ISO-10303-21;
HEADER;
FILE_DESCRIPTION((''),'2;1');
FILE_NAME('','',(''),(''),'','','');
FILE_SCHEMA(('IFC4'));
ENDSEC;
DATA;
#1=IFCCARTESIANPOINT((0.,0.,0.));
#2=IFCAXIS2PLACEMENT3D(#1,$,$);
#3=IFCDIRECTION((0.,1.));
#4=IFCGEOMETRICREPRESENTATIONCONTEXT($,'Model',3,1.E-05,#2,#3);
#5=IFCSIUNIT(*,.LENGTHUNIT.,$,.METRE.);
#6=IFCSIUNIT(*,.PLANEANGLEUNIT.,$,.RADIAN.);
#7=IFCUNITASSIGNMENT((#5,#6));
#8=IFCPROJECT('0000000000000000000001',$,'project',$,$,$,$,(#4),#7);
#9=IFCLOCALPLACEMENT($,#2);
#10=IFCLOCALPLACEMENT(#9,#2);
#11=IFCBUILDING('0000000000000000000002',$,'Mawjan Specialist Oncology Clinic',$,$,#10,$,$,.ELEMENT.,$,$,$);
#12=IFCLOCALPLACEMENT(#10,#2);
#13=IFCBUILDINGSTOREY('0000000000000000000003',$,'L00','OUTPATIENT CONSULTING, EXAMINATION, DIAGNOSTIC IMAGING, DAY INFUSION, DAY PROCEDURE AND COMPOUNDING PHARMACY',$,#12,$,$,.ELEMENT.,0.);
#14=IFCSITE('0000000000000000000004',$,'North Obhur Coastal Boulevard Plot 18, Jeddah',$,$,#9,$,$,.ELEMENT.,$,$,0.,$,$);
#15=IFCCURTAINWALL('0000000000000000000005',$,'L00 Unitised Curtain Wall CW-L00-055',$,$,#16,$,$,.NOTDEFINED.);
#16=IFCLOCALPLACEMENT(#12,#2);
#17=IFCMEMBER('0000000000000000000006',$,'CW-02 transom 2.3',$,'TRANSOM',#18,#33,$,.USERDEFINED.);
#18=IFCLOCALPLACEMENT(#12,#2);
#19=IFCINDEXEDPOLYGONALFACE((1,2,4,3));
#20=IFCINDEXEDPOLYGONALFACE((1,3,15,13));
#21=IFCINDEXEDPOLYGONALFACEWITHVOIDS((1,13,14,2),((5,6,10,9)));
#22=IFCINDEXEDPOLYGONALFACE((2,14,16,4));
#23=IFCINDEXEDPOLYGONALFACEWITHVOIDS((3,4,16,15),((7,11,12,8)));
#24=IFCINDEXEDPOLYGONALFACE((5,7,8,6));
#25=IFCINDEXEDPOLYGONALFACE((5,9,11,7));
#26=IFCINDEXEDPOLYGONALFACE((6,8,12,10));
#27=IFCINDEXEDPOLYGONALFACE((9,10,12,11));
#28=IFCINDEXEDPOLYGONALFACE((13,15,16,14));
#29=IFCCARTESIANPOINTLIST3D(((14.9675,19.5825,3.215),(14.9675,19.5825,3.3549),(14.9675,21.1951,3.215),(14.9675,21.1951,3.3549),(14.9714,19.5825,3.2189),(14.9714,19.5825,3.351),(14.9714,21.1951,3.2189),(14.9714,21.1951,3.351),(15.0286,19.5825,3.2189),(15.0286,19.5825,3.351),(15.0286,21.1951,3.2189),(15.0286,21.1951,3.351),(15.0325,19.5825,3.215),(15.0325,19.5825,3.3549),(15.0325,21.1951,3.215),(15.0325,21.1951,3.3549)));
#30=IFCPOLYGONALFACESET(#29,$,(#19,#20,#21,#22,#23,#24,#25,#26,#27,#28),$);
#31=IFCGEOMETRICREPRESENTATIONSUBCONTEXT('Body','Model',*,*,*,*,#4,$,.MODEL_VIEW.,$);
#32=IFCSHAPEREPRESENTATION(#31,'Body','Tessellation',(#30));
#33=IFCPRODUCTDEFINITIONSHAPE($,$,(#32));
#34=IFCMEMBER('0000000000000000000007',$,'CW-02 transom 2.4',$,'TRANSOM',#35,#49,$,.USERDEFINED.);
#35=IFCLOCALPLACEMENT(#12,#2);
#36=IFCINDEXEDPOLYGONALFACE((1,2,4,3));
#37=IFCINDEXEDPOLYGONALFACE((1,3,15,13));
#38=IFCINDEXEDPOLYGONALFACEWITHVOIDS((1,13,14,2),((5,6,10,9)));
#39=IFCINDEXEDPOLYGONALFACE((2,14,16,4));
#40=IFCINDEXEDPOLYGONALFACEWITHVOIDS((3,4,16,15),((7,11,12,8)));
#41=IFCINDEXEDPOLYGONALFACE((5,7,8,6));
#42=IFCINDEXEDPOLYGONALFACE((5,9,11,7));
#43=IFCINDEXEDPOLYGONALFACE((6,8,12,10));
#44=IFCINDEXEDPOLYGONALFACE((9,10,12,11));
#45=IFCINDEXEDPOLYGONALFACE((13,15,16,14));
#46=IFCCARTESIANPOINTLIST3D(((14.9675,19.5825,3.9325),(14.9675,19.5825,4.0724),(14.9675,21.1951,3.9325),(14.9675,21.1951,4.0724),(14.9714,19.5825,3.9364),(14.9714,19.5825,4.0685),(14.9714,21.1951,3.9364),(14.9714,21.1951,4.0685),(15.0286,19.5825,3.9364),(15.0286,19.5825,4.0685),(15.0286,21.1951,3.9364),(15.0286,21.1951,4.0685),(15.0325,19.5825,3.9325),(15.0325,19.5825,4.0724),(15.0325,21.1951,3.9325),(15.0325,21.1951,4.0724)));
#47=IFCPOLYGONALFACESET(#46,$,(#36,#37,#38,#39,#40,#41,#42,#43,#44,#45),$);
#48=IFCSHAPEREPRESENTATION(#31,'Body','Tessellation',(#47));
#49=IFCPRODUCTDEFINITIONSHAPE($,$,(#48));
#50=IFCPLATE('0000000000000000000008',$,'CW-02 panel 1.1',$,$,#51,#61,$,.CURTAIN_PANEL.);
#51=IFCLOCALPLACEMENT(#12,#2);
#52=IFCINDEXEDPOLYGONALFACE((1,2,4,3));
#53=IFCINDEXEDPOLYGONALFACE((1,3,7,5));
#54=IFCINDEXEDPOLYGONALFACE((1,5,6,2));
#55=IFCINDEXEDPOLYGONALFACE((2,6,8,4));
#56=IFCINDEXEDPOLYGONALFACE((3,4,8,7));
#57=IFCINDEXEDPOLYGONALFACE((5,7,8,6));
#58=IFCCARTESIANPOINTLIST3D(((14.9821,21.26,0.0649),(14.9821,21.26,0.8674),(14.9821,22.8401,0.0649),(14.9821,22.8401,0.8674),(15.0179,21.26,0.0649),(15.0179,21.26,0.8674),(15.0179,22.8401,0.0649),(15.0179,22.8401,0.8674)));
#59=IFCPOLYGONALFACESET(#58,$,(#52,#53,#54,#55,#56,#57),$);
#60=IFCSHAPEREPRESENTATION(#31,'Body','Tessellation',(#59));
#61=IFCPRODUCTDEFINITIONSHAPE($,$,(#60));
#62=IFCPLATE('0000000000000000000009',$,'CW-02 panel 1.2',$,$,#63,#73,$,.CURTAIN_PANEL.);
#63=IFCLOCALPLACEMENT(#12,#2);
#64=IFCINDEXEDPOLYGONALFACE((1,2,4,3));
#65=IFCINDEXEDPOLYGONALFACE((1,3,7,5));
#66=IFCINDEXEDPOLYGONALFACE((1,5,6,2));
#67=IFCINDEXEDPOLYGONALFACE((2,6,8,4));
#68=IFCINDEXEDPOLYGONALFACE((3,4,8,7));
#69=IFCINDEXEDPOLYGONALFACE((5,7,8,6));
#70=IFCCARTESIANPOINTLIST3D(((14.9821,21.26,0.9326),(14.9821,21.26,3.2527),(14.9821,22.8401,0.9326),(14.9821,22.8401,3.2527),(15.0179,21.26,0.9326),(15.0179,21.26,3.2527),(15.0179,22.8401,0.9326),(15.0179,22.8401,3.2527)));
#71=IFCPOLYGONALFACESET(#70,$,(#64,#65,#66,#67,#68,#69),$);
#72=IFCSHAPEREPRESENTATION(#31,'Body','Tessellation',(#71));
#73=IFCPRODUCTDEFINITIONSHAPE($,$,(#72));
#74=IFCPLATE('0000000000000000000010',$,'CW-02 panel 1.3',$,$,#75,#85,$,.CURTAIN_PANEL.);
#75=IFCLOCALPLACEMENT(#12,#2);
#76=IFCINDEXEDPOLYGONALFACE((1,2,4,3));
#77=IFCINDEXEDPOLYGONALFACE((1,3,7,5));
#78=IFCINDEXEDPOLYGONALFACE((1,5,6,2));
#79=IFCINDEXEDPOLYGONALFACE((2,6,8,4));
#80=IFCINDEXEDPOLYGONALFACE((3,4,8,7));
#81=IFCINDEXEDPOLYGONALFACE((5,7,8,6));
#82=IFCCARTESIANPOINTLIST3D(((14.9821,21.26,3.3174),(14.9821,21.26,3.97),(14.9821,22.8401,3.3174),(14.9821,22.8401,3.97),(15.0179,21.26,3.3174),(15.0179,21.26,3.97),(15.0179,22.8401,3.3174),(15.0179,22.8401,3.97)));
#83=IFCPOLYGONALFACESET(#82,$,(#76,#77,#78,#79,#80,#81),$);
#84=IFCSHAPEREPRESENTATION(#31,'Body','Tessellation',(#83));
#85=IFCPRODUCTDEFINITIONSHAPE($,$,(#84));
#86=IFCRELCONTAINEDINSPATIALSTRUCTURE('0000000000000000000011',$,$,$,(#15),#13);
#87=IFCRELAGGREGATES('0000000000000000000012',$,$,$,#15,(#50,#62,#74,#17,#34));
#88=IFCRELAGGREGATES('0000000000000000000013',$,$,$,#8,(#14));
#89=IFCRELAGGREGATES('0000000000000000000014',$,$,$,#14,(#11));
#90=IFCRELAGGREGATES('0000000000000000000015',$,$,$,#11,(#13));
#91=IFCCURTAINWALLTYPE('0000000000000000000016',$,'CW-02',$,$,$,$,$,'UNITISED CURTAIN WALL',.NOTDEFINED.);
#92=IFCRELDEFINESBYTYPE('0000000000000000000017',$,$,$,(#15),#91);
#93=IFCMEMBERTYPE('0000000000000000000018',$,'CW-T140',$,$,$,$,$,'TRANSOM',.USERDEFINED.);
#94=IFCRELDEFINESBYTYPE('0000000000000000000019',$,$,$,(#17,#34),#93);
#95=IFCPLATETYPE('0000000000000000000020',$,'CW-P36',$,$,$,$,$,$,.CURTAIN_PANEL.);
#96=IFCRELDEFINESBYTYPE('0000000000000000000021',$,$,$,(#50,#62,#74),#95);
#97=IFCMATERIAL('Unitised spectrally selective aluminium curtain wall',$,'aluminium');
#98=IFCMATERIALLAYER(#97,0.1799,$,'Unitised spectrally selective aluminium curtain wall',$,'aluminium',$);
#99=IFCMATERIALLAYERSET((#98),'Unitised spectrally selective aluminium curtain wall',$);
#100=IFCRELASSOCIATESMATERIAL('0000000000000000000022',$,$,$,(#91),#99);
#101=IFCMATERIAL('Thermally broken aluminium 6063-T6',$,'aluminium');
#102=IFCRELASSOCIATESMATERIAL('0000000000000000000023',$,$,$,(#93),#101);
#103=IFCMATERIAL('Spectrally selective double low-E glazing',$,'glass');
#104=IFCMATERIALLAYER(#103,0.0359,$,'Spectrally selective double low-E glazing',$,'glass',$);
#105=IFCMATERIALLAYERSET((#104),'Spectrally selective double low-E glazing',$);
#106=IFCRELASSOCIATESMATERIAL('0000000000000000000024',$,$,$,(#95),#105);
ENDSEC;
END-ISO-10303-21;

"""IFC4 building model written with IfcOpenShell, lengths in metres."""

from ifc_helpers import new_model, si_unit, direction, frame, origin, origin_2d, place, context, subcontext, project, spatial, rectangle, hollow_rectangle, extrude, material, layer, layer_set, material_profile, profile_set, type_object, element, aggregate, save


model = new_model("IFC4")

# Units and contexts
model_context = context("Model", 3, precision=1e-05, world=origin(), true_north=direction((0.0, 1.0)))
body_context = subcontext(model_context, "Body", "Model", "MODEL_VIEW")
ifc_project = project(units=[si_unit("LENGTHUNIT", "METRE"), si_unit("PLANEANGLEUNIT", "RADIAN")], contexts=[model_context])

# Site, building, storey
site_placement = place(None, origin())
site = spatial("IfcSite", under=ifc_project, at=site_placement, Name="North Obhur Coastal Boulevard Plot 18, Jeddah", CompositionType="ELEMENT", RefElevation=0.0)
building_placement = place(site_placement, origin())
building = spatial("IfcBuilding", under=site, at=building_placement, Name="Mawjan Specialist Oncology Clinic", CompositionType="ELEMENT")
storey_placement = place(building_placement, origin())
storey = spatial("IfcBuildingStorey", under=building, at=storey_placement, Name="L00", Description="OUTPATIENT CONSULTING, EXAMINATION, DIAGNOSTIC IMAGING, DAY INFUSION, DAY PROCEDURE AND COMPOUNDING PHARMACY", CompositionType="ELEMENT", Elevation=0.0)

# Curtain wall, members, plates
ifc_material_1 = material(Name="Unitised spectrally selective aluminium curtain wall", Category="aluminium")
ifc_layer_1 = layer(ifc_material_1, 0.1799, Name="Unitised spectrally selective aluminium curtain wall", Category="aluminium")
ifc_layer_set_1 = layer_set([ifc_layer_1], Name="Unitised spectrally selective aluminium curtain wall")
curtain_wall_type = type_object("IfcCurtainWallType", Name="CW-02", ElementType="UNITISED CURTAIN WALL", PredefinedType="NOTDEFINED", material=ifc_layer_set_1)
curtain_wall_placement = place(storey_placement, origin())
curtain_wall = element("IfcCurtainWall", 1, at=curtain_wall_placement, inside=storey, type_object=curtain_wall_type, Name="L00 Unitised Curtain Wall CW-L00-055", PredefinedType="NOTDEFINED")
ifc_material_2 = material(Name="Thermally broken aluminium 6063-T6", Category="aluminium")
ifc_material_profile_1 = material_profile(ifc_material_2, hollow_rectangle(XDim=0.0649, YDim=0.1399, WallThickness=0.0039, at=origin_2d()), Name="ALU TRANSOM 140x65x4", Category="aluminium")
ifc_profile_set_1 = profile_set([ifc_material_profile_1], Name="Thermally broken aluminium 6063-T6")
member_type_1 = type_object("IfcMemberType", Name="CW-T140", ElementType="TRANSOM", PredefinedType="USERDEFINED", material=ifc_profile_set_1)
member_1_placement = place(storey_placement, frame((15.0, 21.1951, 3.2849), z_axis=(0.0, -1.0, 0.0), x_axis=(1.0, 0.0, 0.0)))
member_1 = element("IfcMember", 2, at=member_1_placement, type_object=member_type_1, Name="CW-02 transom 2.3", ObjectType="TRANSOM", PredefinedType="USERDEFINED", context=body_context, shape_type="SweptSolid", body=[
    extrude(hollow_rectangle(XDim=0.0649, YDim=0.1399, WallThickness=0.0039, at=origin_2d()), origin(), (0.0, 0.0, 1.0), 1.6125),
])
member_2_placement = place(storey_placement, frame((15.0, 21.1951, 4.0024), z_axis=(0.0, -1.0, 0.0), x_axis=(1.0, 0.0, 0.0)))
member_2 = element("IfcMember", 3, at=member_2_placement, type_object=member_type_1, Name="CW-02 transom 2.4", ObjectType="TRANSOM", PredefinedType="USERDEFINED", context=body_context, shape_type="SweptSolid", body=[
    extrude(hollow_rectangle(XDim=0.0649, YDim=0.1399, WallThickness=0.0039, at=origin_2d()), origin(), (0.0, 0.0, 1.0), 1.6125),
])
ifc_material_3 = material(Name="Spectrally selective double low-E glazing", Category="glass")
ifc_layer_2 = layer(ifc_material_3, 0.0359, Name="Spectrally selective double low-E glazing", Category="glass")
ifc_layer_set_2 = layer_set([ifc_layer_2], Name="Spectrally selective double low-E glazing")
plate_type = type_object("IfcPlateType", Name="CW-P36", PredefinedType="CURTAIN_PANEL", material=ifc_layer_set_2)
plate_1_placement = place(storey_placement, frame((15.0, 22.05, 0.0649), z_axis=(0.0, 0.0, 1.0), x_axis=(0.0, -1.0, 0.0)))
plate_1 = element("IfcPlate", 4, at=plate_1_placement, type_object=plate_type, Name="CW-02 panel 1.1", PredefinedType="CURTAIN_PANEL", context=body_context, shape_type="SweptSolid", body=[
    extrude(rectangle(XDim=1.5801, YDim=0.0359, at=origin_2d()), origin(), (0.0, 0.0, 1.0), 0.8025),
])
plate_2_placement = place(storey_placement, frame((15.0, 22.05, 0.9326), z_axis=(0.0, 0.0, 1.0), x_axis=(0.0, -1.0, 0.0)))
plate_2 = element("IfcPlate", 5, at=plate_2_placement, type_object=plate_type, Name="CW-02 panel 1.2", PredefinedType="CURTAIN_PANEL", context=body_context, shape_type="SweptSolid", body=[
    extrude(rectangle(XDim=1.5801, YDim=0.0359, at=origin_2d()), origin(), (0.0, 0.0, 1.0), 2.3201),
])
plate_3_placement = place(storey_placement, frame((15.0, 22.05, 3.3174), z_axis=(0.0, 0.0, 1.0), x_axis=(0.0, -1.0, 0.0)))
plate_3 = element("IfcPlate", 6, at=plate_3_placement, type_object=plate_type, Name="CW-02 panel 1.3", PredefinedType="CURTAIN_PANEL", context=body_context, shape_type="SweptSolid", body=[
    extrude(rectangle(XDim=1.5801, YDim=0.0359, at=origin_2d()), origin(), (0.0, 0.0, 1.0), 0.6526),
])
aggregate(curtain_wall, [plate_1, plate_2, plate_3, member_1, member_2])

save(model, "model.ifc")
